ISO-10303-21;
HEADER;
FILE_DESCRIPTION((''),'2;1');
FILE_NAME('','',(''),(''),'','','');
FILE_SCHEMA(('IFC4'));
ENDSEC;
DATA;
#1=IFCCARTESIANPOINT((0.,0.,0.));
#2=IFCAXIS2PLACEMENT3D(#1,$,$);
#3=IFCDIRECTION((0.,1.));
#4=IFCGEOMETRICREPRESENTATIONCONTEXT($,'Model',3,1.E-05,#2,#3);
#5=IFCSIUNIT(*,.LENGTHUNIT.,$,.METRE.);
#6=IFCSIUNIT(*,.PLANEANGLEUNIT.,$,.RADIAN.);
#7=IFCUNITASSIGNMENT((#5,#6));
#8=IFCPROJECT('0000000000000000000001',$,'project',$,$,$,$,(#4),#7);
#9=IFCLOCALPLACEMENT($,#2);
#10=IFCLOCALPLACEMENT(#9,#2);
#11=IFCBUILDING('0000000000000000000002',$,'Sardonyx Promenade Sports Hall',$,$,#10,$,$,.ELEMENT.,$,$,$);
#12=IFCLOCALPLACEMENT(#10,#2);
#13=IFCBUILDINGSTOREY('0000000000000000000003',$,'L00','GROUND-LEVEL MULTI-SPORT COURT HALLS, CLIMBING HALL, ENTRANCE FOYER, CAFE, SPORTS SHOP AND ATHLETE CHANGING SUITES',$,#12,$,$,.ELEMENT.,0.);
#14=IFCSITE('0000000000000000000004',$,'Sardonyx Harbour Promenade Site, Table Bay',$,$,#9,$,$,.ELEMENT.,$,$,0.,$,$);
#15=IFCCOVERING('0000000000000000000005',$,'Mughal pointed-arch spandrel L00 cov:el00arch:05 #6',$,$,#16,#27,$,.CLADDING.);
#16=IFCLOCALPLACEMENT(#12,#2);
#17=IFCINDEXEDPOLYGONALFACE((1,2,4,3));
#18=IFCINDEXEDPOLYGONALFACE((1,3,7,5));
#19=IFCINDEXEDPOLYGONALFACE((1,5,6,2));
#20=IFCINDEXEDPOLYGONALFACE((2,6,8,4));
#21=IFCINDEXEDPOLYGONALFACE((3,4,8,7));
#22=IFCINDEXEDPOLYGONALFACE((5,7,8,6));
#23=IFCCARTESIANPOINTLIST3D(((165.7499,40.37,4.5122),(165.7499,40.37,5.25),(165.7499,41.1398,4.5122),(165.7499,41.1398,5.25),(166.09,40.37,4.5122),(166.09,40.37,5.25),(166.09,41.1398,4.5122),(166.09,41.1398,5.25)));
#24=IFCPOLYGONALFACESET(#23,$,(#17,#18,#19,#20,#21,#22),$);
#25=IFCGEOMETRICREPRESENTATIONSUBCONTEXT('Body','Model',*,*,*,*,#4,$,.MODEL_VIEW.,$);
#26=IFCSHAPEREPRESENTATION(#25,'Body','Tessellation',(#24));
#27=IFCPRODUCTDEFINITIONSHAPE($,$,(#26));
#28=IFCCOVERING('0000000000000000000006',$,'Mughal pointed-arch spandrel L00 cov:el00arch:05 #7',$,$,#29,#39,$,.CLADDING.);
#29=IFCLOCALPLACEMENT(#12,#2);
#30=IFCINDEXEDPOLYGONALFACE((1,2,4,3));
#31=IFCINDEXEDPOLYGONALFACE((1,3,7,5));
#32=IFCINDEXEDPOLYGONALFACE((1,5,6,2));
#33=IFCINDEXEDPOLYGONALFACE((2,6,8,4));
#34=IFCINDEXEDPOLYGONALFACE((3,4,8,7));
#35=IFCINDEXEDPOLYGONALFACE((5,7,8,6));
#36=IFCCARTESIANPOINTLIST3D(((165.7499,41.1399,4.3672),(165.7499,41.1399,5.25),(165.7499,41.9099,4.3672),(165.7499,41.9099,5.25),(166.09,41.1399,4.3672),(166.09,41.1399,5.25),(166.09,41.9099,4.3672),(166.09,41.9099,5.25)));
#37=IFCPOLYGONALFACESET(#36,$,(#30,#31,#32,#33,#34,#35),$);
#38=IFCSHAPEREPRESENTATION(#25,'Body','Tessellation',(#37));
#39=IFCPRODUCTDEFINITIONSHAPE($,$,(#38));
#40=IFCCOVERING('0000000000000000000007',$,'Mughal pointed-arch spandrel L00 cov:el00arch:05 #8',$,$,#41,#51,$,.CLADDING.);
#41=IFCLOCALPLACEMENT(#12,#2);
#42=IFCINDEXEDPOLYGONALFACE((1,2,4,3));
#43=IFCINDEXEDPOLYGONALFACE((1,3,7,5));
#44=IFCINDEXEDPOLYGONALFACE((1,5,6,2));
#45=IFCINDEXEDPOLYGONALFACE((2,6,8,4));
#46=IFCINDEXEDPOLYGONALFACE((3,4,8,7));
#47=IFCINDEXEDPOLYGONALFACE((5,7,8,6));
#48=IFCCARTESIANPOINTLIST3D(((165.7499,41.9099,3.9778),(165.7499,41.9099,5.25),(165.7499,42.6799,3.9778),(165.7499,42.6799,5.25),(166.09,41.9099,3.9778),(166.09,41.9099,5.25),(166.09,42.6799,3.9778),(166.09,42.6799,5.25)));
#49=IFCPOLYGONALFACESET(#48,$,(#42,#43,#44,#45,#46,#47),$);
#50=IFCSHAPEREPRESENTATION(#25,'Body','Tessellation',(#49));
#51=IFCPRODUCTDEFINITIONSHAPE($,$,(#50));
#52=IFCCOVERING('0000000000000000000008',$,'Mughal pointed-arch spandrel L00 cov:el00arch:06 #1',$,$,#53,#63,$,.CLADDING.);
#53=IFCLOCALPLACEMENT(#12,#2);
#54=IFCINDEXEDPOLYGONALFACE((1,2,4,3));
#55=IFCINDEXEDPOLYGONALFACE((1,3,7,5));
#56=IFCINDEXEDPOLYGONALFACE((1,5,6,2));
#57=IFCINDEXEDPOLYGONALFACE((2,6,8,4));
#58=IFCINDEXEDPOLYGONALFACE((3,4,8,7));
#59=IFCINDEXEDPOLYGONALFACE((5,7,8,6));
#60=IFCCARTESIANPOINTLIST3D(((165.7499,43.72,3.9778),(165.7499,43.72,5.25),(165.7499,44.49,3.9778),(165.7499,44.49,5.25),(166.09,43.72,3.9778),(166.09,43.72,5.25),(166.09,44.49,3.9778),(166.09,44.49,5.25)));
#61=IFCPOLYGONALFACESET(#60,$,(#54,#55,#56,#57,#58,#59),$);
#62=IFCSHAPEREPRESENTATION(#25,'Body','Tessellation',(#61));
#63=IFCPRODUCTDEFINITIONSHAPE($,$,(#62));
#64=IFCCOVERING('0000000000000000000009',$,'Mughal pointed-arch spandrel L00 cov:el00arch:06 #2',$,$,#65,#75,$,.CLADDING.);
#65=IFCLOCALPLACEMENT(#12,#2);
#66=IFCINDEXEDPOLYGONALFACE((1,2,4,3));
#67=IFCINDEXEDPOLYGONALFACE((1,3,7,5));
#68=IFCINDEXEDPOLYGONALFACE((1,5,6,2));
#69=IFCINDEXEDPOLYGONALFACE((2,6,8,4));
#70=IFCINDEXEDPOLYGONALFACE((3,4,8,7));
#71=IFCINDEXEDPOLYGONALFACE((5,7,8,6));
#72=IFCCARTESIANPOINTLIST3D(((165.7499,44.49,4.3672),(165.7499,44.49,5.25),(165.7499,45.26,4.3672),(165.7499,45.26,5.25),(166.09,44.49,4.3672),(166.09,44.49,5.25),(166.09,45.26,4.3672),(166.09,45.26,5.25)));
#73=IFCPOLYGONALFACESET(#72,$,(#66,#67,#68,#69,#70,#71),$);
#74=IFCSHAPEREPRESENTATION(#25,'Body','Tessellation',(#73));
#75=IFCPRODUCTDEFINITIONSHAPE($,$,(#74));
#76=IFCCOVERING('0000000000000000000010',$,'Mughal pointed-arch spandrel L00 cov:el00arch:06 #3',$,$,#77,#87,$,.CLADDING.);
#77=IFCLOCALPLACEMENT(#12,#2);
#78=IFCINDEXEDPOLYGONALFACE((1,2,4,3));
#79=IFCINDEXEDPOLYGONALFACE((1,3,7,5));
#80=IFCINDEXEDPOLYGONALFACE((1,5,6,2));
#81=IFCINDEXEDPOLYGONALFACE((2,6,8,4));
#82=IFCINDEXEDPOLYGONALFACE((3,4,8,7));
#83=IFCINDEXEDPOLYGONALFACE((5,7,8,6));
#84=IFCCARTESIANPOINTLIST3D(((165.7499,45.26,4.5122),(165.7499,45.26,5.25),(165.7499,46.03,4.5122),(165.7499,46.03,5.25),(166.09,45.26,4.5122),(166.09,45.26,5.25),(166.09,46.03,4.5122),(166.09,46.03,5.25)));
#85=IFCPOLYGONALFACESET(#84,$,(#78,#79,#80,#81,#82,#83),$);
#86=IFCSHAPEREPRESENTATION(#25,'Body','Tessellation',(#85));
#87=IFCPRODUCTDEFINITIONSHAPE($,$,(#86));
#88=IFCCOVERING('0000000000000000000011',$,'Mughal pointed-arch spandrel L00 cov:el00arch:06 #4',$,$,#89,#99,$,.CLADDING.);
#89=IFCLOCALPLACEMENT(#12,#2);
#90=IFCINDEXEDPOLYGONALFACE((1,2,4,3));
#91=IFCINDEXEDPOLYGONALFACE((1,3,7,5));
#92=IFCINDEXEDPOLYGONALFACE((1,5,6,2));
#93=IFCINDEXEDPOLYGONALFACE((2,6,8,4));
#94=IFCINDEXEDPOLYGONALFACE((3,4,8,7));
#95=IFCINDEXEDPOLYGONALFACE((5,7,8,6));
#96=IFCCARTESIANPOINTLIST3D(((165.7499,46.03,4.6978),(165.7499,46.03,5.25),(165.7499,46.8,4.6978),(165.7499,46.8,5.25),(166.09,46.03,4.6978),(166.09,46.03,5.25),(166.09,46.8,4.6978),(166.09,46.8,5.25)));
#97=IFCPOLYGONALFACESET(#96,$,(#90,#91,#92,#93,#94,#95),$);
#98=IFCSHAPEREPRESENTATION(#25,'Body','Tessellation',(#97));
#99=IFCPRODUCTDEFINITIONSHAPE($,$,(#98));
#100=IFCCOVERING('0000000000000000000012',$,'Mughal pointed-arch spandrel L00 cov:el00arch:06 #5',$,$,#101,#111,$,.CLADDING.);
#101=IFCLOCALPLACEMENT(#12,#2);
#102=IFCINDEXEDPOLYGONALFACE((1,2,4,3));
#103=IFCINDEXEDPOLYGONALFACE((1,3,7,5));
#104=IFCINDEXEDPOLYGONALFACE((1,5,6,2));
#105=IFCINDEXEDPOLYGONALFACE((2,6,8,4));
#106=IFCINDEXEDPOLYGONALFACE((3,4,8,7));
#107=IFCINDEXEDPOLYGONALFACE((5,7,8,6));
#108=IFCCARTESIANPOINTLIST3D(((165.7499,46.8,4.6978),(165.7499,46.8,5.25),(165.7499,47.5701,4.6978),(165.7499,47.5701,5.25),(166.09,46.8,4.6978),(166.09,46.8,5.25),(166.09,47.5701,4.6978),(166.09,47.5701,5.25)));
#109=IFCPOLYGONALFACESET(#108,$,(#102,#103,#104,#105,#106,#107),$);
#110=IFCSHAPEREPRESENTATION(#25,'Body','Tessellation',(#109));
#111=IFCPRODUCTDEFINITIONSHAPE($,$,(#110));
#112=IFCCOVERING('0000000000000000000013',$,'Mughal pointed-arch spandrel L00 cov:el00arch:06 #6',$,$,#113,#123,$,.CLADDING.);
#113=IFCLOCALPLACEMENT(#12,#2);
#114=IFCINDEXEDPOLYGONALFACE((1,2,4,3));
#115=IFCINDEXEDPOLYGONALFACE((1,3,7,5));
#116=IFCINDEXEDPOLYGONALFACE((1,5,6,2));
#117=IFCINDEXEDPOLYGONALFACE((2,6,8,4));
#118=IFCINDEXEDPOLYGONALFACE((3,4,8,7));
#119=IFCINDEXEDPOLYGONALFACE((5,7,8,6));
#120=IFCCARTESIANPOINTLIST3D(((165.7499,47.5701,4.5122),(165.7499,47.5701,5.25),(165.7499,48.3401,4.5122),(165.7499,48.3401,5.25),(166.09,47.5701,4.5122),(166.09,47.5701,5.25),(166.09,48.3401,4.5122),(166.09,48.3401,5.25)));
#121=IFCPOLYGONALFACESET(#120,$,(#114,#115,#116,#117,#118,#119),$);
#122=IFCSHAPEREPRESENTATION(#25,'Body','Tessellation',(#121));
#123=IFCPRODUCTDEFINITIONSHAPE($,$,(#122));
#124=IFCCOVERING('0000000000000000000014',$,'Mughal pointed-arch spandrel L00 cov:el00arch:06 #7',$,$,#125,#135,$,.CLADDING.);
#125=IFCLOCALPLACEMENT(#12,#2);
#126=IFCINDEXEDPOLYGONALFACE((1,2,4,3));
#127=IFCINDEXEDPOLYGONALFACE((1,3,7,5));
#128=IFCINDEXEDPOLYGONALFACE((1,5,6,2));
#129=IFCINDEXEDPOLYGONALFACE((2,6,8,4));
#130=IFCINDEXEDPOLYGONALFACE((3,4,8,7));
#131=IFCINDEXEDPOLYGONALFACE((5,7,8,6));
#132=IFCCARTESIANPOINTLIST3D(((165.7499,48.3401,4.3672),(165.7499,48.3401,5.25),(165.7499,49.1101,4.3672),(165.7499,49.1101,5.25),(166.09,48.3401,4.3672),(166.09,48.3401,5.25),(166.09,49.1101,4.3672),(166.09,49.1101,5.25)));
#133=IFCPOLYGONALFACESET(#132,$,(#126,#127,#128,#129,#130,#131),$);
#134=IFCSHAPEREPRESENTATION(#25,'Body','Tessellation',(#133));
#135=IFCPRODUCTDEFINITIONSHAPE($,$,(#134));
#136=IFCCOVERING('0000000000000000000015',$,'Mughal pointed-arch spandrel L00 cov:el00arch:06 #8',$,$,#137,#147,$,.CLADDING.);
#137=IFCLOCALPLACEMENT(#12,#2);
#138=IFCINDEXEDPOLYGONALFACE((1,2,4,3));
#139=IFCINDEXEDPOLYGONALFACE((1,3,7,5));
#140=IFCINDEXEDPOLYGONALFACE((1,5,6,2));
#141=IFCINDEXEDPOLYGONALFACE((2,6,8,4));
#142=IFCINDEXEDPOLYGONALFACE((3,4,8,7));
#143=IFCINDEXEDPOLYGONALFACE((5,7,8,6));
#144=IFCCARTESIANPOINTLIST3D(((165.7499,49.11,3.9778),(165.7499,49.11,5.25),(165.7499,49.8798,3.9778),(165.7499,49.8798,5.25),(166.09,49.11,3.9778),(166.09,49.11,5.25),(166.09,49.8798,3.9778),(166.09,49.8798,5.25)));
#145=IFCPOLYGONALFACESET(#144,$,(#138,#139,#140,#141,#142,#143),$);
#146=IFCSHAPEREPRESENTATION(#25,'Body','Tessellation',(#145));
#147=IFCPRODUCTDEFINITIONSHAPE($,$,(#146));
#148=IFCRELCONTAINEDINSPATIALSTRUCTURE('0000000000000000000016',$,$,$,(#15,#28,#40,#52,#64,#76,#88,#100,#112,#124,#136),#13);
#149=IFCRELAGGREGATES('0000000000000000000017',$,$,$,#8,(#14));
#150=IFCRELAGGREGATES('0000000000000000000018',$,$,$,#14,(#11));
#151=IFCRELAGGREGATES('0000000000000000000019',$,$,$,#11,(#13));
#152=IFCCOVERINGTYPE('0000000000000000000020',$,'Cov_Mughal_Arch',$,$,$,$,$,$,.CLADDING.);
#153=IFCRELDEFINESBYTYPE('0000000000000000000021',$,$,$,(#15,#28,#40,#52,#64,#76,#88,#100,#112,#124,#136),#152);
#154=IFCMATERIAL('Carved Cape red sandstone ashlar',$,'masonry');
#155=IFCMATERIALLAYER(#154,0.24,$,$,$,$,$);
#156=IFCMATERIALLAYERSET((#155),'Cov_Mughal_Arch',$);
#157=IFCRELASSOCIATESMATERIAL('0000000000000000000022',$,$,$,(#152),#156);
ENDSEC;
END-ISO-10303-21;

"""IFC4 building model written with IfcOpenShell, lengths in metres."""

from ifc_helpers import new_model, si_unit, direction, frame, frame_2d, origin, place, context, subcontext, project, spatial, rectangle, extrude, material, layer, layer_set, type_object, element, save


model = new_model("IFC4")

# Units and contexts
model_context = context("Model", 3, precision=1e-05, world=origin(), true_north=direction((0.0, 1.0)))
body_context = subcontext(model_context, "Body", "Model", "MODEL_VIEW")
ifc_project = project(units=[si_unit("LENGTHUNIT", "METRE"), si_unit("PLANEANGLEUNIT", "RADIAN")], contexts=[model_context])

# Site, building, storey
site_placement = place(None, origin())
site = spatial("IfcSite", under=ifc_project, at=site_placement, Name="Sardonyx Harbour Promenade Site, Table Bay", CompositionType="ELEMENT", RefElevation=0.0)
building_placement = place(site_placement, origin())
building = spatial("IfcBuilding", under=site, at=building_placement, Name="Sardonyx Promenade Sports Hall", CompositionType="ELEMENT")
storey_placement = place(building_placement, origin())
storey = spatial("IfcBuildingStorey", under=building, at=storey_placement, Name="L00", Description="GROUND-LEVEL MULTI-SPORT COURT HALLS, CLIMBING HALL, ENTRANCE FOYER, CAFE, SPORTS SHOP AND ATHLETE CHANGING SUITES", CompositionType="ELEMENT", Elevation=0.0)

# Coverings
ifc_material_1 = material(Name="Carved Cape red sandstone ashlar", Category="masonry")
ifc_layer_1 = layer(ifc_material_1, 0.24)
ifc_layer_set_1 = layer_set([ifc_layer_1], Name="Cov_Mughal_Arch")
covering_type = type_object("IfcCoveringType", Name="Cov_Mughal_Arch", PredefinedType="CLADDING", material=ifc_layer_set_1)
covering_1_placement = place(storey_placement, frame((165.9199, 40.3701, 4.5122), z_axis=(0.0, 0.0, 1.0), x_axis=(0.0, 1.0, 0.0)))
element("IfcCovering", 1, at=covering_1_placement, inside=storey, type_object=covering_type, Name="Mughal pointed-arch spandrel L00 cov:el00arch:05 #6", PredefinedType="CLADDING", context=body_context, shape_type="SweptSolid", body=[
    extrude(rectangle(XDim=0.7698, YDim=0.3401, at=frame_2d((0.3848, 0.0))), origin(), (0.0, 0.0, 1.0), 0.7378),
])
covering_2_placement = place(storey_placement, frame((165.9199, 41.1399, 4.3672), z_axis=(0.0, 0.0, 1.0), x_axis=(0.0, 1.0, 0.0)))
element("IfcCovering", 2, at=covering_2_placement, inside=storey, type_object=covering_type, Name="Mughal pointed-arch spandrel L00 cov:el00arch:05 #7", PredefinedType="CLADDING", context=body_context, shape_type="SweptSolid", body=[
    extrude(rectangle(XDim=0.77, YDim=0.3401, at=frame_2d((0.385, 0.0))), origin(), (0.0, 0.0, 1.0), 0.8828),
])
for number, where, z_axis, x_axis, name in (
    (3, (165.9199, 41.9099, 3.9778), (0.0, 0.0, 1.0), (0.0, 1.0, 0.0), "Mughal pointed-arch spandrel L00 cov:el00arch:05 #8"),
    (4, (165.9199, 43.72, 3.9778), (0.0, 0.0, 1.0), (0.0, 1.0, 0.0), "Mughal pointed-arch spandrel L00 cov:el00arch:06 #1"),
):
    element("IfcCovering", number, at=place(storey_placement, frame(where, z_axis=z_axis, x_axis=x_axis)), inside=storey, type_object=covering_type, Name=name, PredefinedType="CLADDING", context=body_context, shape_type="SweptSolid", body=[
        extrude(rectangle(XDim=0.77, YDim=0.3401, at=frame_2d((0.385, 0.0))), origin(), (0.0, 0.0, 1.0), 1.2722),
    ])
covering_3_placement = place(storey_placement, frame((165.9199, 44.49, 4.3672), z_axis=(0.0, 0.0, 1.0), x_axis=(0.0, 1.0, 0.0)))
element("IfcCovering", 5, at=covering_3_placement, inside=storey, type_object=covering_type, Name="Mughal pointed-arch spandrel L00 cov:el00arch:06 #2", PredefinedType="CLADDING", context=body_context, shape_type="SweptSolid", body=[
    extrude(rectangle(XDim=0.77, YDim=0.3401, at=frame_2d((0.385, 0.0))), origin(), (0.0, 0.0, 1.0), 0.8828),
])
covering_4_placement = place(storey_placement, frame((165.9199, 45.26, 4.5122), z_axis=(0.0, 0.0, 1.0), x_axis=(0.0, 1.0, 0.0)))
element("IfcCovering", 6, at=covering_4_placement, inside=storey, type_object=covering_type, Name="Mughal pointed-arch spandrel L00 cov:el00arch:06 #3", PredefinedType="CLADDING", context=body_context, shape_type="SweptSolid", body=[
    extrude(rectangle(XDim=0.77, YDim=0.3401, at=frame_2d((0.385, 0.0))), origin(), (0.0, 0.0, 1.0), 0.7378),
])
for number, where, z_axis, x_axis, name in (
    (7, (165.9199, 46.03, 4.6978), (0.0, 0.0, 1.0), (0.0, 1.0, 0.0), "Mughal pointed-arch spandrel L00 cov:el00arch:06 #4"),
    (8, (165.9199, 46.8, 4.6978), (0.0, 0.0, 1.0), (0.0, 1.0, 0.0), "Mughal pointed-arch spandrel L00 cov:el00arch:06 #5"),
):
    element("IfcCovering", number, at=place(storey_placement, frame(where, z_axis=z_axis, x_axis=x_axis)), inside=storey, type_object=covering_type, Name=name, PredefinedType="CLADDING", context=body_context, shape_type="SweptSolid", body=[
        extrude(rectangle(XDim=0.77, YDim=0.3401, at=frame_2d((0.385, 0.0))), origin(), (0.0, 0.0, 1.0), 0.5522),
    ])
covering_5_placement = place(storey_placement, frame((165.9199, 47.5701, 4.5122), z_axis=(0.0, 0.0, 1.0), x_axis=(0.0, 1.0, 0.0)))
element("IfcCovering", 9, at=covering_5_placement, inside=storey, type_object=covering_type, Name="Mughal pointed-arch spandrel L00 cov:el00arch:06 #6", PredefinedType="CLADDING", context=body_context, shape_type="SweptSolid", body=[
    extrude(rectangle(XDim=0.77, YDim=0.3401, at=frame_2d((0.385, 0.0))), origin(), (0.0, 0.0, 1.0), 0.7378),
])
covering_6_placement = place(storey_placement, frame((165.9199, 48.3401, 4.3672), z_axis=(0.0, 0.0, 1.0), x_axis=(0.0, 1.0, 0.0)))
element("IfcCovering", 10, at=covering_6_placement, inside=storey, type_object=covering_type, Name="Mughal pointed-arch spandrel L00 cov:el00arch:06 #7", PredefinedType="CLADDING", context=body_context, shape_type="SweptSolid", body=[
    extrude(rectangle(XDim=0.77, YDim=0.3401, at=frame_2d((0.385, 0.0))), origin(), (0.0, 0.0, 1.0), 0.8828),
])
covering_7_placement = place(storey_placement, frame((165.9199, 49.1101, 3.9778), z_axis=(0.0, 0.0, 1.0), x_axis=(0.0, 1.0, 0.0)))
element("IfcCovering", 11, at=covering_7_placement, inside=storey, type_object=covering_type, Name="Mughal pointed-arch spandrel L00 cov:el00arch:06 #8", PredefinedType="CLADDING", context=body_context, shape_type="SweptSolid", body=[
    extrude(rectangle(XDim=0.7698, YDim=0.3401, at=frame_2d((0.3848, 0.0))), origin(), (0.0, 0.0, 1.0), 1.2722),
])

save(model, "model.ifc")
